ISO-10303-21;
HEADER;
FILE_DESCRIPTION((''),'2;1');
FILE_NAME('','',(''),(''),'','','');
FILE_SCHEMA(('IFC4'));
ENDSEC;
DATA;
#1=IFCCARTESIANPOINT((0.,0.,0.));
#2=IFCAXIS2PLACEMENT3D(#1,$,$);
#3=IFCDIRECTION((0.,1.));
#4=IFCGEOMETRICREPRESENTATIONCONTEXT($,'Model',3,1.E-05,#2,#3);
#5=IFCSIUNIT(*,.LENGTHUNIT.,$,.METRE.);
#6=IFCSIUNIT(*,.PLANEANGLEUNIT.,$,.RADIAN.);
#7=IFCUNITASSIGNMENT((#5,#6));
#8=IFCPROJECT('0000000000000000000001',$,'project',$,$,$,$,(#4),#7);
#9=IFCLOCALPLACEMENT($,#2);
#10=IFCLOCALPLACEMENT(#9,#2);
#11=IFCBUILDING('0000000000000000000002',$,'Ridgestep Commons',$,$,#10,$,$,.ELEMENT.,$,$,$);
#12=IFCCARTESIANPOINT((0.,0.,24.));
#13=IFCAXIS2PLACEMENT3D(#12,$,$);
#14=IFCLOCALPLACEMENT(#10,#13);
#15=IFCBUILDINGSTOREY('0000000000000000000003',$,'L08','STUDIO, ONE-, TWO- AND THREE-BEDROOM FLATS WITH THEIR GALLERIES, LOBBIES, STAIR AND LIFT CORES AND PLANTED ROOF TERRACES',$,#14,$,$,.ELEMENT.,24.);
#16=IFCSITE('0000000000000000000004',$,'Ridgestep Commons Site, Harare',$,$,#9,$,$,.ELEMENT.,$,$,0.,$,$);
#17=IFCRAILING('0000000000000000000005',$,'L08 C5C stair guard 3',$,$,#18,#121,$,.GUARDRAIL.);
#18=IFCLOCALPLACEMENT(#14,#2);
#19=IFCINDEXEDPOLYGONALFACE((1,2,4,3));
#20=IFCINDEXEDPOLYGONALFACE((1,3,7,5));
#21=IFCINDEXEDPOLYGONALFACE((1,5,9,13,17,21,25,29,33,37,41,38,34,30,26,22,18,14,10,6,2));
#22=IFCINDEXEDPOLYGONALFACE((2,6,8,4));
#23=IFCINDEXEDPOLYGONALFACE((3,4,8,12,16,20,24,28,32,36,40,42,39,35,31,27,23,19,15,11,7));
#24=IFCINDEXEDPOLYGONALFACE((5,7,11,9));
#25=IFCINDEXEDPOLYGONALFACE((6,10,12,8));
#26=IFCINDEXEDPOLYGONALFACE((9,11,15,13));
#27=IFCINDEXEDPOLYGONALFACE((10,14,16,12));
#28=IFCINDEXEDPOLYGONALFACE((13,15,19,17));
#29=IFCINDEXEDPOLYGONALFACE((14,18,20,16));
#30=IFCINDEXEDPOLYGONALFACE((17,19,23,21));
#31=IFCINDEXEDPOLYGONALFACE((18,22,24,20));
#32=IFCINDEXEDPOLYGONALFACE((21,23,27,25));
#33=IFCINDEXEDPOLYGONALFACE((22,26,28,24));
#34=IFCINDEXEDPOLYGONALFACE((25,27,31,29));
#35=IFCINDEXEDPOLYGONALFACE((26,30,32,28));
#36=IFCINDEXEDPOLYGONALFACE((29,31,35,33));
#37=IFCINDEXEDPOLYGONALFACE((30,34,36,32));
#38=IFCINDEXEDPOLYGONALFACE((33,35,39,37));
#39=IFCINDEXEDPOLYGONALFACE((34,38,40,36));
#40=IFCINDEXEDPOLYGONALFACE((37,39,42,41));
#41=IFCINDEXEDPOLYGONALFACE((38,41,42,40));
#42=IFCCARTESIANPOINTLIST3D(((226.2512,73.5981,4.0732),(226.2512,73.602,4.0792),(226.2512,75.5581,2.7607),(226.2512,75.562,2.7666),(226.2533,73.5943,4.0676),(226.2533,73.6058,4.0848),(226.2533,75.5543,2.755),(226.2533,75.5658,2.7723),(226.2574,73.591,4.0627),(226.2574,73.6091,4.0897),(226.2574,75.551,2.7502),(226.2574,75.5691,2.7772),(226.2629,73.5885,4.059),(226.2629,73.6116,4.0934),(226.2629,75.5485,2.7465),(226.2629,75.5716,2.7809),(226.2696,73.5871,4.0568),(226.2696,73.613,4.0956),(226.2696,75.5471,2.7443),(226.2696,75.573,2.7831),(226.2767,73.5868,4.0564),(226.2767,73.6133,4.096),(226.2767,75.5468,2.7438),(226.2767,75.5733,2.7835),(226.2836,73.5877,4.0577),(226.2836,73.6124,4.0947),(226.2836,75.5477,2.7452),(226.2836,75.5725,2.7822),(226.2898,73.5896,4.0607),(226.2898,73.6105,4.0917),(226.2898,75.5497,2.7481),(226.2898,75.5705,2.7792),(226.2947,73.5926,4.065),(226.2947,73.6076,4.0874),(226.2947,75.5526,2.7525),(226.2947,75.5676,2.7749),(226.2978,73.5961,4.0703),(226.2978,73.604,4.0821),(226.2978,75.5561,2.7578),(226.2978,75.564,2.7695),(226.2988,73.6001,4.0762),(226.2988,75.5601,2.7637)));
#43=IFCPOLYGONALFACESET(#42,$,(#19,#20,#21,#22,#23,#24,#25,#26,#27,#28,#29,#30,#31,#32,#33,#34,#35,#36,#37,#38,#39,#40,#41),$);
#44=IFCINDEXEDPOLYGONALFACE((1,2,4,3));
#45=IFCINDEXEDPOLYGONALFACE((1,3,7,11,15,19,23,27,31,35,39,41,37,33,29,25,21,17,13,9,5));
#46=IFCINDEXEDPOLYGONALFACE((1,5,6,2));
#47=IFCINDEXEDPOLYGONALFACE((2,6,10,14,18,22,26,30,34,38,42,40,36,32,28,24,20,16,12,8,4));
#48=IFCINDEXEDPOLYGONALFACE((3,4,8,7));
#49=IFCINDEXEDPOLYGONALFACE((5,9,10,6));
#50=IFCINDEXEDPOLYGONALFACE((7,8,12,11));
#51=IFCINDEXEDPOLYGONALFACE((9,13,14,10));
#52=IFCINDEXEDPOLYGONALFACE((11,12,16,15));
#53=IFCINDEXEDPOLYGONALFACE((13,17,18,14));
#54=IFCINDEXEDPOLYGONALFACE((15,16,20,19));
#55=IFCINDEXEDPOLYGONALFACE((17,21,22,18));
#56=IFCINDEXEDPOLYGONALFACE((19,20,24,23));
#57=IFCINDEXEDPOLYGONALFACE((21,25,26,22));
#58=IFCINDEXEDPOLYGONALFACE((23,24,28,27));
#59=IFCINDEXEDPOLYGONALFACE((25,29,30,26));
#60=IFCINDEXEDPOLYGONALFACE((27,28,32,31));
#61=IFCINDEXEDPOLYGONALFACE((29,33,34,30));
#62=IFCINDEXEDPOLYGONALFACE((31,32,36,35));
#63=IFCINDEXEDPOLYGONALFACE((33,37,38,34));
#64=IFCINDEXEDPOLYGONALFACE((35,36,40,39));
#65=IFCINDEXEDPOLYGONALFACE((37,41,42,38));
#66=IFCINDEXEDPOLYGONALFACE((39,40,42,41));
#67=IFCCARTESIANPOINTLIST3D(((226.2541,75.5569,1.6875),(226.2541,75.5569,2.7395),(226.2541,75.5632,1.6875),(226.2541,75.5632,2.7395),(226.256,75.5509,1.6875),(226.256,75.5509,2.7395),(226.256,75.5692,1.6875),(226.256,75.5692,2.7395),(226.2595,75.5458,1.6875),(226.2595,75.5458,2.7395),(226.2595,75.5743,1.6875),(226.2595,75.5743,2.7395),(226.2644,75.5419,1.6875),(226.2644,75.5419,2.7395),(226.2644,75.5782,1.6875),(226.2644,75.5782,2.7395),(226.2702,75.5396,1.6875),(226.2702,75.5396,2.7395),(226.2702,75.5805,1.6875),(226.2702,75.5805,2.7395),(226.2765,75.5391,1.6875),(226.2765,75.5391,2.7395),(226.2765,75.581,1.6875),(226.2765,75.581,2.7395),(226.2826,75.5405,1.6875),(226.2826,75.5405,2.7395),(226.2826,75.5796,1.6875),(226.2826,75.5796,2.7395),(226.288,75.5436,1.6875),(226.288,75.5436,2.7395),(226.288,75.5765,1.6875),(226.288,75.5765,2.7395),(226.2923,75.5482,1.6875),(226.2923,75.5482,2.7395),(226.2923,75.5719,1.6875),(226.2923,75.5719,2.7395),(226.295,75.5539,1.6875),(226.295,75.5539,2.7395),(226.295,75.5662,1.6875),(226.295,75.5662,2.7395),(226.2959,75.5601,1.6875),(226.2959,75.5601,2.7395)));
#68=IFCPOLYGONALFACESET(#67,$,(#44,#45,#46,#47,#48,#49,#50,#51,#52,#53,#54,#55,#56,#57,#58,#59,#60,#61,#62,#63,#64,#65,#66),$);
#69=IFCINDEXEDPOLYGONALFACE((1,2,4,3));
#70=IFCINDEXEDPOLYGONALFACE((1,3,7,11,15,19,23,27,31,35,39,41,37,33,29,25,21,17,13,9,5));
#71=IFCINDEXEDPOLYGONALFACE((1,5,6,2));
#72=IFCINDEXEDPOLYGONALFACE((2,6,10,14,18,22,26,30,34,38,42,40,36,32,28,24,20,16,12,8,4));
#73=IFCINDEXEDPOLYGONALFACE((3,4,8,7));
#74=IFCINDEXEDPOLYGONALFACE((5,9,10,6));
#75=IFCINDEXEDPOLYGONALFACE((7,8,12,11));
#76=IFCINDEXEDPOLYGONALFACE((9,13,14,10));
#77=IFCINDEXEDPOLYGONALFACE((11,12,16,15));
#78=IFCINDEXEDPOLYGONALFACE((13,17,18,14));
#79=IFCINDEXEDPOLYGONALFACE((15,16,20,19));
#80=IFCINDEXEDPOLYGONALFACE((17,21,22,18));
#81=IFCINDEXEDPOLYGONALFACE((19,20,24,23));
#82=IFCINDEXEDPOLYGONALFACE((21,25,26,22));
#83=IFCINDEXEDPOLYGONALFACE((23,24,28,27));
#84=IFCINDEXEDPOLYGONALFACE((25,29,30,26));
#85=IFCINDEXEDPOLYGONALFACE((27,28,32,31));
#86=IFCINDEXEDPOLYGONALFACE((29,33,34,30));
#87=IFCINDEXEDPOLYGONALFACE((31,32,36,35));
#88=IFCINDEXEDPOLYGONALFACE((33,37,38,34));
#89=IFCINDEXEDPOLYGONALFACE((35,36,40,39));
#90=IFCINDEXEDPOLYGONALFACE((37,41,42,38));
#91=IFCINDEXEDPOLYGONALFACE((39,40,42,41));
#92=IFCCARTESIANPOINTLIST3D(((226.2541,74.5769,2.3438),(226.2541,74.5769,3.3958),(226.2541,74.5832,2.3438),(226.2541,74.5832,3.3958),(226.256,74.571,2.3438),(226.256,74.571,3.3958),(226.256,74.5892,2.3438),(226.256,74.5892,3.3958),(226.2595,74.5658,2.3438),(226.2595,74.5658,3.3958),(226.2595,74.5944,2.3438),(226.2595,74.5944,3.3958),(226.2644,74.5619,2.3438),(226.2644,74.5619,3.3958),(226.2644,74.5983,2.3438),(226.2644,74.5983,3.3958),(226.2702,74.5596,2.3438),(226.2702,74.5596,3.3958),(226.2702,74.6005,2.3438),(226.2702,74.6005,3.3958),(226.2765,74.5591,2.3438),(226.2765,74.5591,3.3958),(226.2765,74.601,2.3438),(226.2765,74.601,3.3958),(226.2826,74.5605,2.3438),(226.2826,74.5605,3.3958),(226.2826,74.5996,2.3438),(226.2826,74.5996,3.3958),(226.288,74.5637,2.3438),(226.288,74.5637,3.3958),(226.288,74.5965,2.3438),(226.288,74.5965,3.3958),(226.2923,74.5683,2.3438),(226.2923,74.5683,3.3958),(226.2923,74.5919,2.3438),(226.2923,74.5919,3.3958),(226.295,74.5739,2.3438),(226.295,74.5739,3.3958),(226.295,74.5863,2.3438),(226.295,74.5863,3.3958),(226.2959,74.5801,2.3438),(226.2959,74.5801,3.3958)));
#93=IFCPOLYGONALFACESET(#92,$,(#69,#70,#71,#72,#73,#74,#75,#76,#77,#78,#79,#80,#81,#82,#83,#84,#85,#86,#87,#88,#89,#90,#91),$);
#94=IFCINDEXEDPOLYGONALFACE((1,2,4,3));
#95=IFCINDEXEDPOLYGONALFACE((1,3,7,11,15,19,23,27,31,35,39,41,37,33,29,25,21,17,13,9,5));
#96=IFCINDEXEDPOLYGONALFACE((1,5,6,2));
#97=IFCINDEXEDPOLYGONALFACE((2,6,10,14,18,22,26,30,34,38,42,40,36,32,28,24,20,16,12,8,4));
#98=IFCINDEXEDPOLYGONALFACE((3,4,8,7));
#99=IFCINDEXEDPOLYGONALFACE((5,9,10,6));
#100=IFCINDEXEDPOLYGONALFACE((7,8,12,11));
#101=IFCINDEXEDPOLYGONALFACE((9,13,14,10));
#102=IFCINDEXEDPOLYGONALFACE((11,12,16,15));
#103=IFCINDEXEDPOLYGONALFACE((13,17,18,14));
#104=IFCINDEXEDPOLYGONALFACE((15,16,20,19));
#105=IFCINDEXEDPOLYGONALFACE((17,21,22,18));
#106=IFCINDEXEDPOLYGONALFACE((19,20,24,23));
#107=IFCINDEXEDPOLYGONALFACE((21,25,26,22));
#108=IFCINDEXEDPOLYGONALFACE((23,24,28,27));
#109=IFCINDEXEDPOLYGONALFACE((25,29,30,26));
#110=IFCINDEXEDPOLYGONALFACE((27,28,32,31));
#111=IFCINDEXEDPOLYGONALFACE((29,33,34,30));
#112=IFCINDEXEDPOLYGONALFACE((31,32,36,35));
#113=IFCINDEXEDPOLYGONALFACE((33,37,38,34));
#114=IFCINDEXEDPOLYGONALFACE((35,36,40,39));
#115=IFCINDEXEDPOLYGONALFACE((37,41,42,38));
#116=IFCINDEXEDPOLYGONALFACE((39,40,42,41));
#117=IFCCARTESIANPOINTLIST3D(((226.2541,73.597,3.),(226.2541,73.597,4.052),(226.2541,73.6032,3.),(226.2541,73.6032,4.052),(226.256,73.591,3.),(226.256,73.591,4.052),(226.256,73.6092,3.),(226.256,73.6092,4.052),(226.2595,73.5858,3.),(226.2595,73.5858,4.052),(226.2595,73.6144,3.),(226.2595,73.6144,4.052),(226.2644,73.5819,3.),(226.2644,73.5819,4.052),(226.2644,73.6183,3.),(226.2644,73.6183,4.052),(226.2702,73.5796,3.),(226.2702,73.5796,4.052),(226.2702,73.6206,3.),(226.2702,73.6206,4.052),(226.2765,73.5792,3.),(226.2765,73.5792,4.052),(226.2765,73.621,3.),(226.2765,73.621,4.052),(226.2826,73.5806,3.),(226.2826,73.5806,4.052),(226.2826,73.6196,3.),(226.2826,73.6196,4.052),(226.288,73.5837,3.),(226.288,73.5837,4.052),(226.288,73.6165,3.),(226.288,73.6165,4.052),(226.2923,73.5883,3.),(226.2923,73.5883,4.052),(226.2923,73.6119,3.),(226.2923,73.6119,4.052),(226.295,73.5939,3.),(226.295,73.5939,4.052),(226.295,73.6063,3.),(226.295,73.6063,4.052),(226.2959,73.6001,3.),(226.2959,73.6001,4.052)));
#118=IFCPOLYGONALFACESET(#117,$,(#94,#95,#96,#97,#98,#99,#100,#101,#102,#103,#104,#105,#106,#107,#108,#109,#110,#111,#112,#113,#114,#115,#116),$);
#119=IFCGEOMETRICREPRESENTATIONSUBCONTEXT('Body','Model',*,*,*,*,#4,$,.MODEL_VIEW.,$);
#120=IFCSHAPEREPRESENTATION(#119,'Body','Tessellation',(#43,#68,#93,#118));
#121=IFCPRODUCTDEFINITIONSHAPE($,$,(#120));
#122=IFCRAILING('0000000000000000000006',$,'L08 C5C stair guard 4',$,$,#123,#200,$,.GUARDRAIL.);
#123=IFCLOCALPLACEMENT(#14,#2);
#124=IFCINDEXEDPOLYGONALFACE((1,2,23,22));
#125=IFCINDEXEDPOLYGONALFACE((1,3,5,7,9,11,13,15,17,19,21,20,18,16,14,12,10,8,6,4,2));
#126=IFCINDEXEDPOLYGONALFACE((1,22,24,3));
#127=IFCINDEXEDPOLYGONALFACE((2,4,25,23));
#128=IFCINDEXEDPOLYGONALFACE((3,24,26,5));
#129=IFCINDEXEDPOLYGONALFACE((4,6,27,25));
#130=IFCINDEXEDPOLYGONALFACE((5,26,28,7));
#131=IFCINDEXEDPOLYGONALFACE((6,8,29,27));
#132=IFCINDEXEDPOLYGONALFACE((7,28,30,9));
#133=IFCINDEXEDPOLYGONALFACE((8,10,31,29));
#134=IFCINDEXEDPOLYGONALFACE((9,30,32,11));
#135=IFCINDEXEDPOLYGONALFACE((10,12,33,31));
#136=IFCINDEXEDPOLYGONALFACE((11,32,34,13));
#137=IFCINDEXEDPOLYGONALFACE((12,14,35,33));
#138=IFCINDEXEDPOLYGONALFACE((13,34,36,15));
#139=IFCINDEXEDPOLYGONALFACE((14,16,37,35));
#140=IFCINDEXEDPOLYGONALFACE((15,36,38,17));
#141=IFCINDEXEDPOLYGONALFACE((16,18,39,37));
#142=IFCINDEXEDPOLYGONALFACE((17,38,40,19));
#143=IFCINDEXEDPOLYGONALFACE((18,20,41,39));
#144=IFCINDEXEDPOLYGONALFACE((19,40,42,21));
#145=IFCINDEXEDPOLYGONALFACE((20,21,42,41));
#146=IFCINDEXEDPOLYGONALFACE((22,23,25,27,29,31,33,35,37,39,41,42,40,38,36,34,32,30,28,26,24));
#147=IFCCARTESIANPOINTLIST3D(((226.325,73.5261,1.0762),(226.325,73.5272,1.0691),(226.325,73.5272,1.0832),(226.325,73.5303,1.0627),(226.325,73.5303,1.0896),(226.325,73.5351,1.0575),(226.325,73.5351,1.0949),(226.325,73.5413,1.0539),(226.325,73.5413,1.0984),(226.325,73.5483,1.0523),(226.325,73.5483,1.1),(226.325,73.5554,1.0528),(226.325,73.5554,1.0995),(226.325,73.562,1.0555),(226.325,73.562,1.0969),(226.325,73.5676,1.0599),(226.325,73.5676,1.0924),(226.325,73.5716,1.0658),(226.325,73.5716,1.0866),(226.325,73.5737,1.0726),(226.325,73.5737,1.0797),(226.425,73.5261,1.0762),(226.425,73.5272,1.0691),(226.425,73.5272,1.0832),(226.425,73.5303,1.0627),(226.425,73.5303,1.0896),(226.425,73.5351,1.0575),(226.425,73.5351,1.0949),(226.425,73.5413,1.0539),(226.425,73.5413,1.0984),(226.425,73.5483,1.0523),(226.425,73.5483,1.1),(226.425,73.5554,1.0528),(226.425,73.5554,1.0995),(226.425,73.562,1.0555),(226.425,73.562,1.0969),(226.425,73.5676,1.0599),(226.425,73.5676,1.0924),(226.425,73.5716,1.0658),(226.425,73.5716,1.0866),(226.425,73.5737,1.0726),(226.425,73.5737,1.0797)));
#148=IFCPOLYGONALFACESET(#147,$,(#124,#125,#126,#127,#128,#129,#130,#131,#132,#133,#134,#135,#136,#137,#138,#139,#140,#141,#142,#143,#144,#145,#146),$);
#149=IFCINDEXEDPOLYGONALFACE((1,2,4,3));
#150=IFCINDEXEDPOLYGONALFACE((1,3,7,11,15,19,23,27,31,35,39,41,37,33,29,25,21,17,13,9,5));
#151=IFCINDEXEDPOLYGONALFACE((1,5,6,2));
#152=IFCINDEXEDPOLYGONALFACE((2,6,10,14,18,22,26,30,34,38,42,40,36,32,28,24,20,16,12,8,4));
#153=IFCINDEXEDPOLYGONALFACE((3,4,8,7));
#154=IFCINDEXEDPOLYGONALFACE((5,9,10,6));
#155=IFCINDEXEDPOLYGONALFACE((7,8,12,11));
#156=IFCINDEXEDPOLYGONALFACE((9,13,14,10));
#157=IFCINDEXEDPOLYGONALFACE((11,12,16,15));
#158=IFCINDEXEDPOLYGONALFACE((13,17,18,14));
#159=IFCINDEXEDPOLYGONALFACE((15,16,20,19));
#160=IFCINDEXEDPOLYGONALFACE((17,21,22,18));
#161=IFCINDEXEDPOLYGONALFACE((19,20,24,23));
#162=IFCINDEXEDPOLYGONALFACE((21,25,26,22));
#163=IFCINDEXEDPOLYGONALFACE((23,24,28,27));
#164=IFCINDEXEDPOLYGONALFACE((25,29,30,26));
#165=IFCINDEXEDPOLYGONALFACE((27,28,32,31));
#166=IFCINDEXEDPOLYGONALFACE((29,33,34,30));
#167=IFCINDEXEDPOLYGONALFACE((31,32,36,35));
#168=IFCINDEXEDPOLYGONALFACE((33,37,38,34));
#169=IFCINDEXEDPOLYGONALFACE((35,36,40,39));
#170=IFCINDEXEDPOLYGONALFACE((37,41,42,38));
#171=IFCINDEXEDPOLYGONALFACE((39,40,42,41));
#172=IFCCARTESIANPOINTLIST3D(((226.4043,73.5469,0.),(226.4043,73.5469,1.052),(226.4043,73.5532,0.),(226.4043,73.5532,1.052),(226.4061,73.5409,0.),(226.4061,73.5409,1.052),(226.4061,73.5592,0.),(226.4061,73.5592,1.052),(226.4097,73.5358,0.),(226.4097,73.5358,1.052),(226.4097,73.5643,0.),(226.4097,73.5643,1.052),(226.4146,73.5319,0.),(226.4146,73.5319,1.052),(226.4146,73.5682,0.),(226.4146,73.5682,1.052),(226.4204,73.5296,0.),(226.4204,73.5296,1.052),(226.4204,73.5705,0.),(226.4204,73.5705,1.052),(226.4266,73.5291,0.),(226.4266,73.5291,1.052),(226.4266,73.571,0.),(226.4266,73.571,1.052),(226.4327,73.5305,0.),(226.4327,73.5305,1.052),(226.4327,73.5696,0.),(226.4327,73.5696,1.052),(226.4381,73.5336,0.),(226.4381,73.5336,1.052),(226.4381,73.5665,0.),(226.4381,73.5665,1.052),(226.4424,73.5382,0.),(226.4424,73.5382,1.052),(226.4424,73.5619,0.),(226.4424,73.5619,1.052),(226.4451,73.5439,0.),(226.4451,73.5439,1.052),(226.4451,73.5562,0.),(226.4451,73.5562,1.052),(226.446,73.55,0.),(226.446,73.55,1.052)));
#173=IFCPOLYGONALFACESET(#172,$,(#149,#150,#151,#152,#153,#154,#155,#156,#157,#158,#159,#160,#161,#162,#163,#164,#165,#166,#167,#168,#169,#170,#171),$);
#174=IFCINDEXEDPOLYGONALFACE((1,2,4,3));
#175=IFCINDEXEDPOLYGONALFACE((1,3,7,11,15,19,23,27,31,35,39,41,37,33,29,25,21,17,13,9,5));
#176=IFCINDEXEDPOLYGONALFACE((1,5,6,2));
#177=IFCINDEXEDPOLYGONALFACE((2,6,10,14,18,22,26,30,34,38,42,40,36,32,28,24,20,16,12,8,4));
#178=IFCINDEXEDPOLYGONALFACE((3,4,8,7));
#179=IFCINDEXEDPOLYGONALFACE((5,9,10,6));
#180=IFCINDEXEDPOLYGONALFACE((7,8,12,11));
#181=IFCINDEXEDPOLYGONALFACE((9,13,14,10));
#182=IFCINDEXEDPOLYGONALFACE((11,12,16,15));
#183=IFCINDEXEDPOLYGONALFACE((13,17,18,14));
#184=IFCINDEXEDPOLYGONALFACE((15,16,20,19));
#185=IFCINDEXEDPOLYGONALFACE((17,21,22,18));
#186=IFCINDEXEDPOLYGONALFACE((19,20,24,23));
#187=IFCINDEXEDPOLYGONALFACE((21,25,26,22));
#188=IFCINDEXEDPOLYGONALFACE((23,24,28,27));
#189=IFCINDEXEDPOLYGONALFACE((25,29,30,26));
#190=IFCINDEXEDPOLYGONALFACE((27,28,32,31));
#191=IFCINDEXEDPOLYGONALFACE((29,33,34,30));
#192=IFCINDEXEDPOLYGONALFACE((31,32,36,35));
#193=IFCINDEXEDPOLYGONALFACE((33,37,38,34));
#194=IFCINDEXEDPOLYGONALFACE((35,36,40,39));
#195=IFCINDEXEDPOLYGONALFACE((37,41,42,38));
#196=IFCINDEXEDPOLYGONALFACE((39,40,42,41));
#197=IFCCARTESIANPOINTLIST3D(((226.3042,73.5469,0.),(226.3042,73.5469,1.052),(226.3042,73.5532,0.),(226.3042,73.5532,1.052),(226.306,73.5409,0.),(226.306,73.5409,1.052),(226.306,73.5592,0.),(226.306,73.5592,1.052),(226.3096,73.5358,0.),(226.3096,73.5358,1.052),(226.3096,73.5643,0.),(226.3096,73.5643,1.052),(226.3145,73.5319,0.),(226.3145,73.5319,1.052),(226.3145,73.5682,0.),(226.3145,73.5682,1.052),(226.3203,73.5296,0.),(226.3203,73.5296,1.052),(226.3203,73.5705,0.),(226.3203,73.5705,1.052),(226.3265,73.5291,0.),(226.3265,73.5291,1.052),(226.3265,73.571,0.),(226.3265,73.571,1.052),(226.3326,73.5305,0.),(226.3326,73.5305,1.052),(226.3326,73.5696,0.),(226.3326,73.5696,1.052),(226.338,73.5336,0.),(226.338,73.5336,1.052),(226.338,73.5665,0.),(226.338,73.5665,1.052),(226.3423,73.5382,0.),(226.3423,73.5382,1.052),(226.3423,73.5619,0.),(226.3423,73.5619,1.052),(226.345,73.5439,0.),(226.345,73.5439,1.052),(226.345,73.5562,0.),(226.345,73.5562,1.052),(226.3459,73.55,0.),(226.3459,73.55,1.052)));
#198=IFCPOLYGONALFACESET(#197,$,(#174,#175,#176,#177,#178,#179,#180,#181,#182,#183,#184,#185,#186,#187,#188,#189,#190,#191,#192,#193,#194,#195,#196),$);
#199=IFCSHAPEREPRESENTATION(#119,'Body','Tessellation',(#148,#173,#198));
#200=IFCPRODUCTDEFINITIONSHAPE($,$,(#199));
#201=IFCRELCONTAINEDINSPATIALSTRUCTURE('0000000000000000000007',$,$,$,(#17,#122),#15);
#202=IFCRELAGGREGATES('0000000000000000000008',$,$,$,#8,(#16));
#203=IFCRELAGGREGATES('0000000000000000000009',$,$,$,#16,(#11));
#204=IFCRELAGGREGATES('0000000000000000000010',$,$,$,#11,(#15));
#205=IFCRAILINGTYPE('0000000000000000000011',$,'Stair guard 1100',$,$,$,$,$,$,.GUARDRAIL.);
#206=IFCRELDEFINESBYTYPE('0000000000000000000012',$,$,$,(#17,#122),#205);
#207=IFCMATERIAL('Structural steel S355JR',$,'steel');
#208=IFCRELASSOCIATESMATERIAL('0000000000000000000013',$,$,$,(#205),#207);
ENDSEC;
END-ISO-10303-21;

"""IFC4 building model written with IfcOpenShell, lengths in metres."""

from ifc_helpers import new_model, si_unit, direction, frame, origin, origin_2d, place, context, subcontext, project, spatial, circle, extrude, material, type_object, element, save


model = new_model("IFC4")

# Units and contexts
model_context = context("Model", 3, precision=1e-05, world=origin(), true_north=direction((0.0, 1.0)))
body_context = subcontext(model_context, "Body", "Model", "MODEL_VIEW")
ifc_project = project(units=[si_unit("LENGTHUNIT", "METRE"), si_unit("PLANEANGLEUNIT", "RADIAN")], contexts=[model_context])

# Site, building, storey
site_placement = place(None, origin())
site = spatial("IfcSite", under=ifc_project, at=site_placement, Name="Ridgestep Commons Site, Harare", CompositionType="ELEMENT", RefElevation=0.0)
building_placement = place(site_placement, origin())
building = spatial("IfcBuilding", under=site, at=building_placement, Name="Ridgestep Commons", CompositionType="ELEMENT")
storey_placement = place(building_placement, frame((0.0, 0.0, 24.0)))
storey = spatial("IfcBuildingStorey", under=building, at=storey_placement, Name="L08", Description="STUDIO, ONE-, TWO- AND THREE-BEDROOM FLATS WITH THEIR GALLERIES, LOBBIES, STAIR AND LIFT CORES AND PLANTED ROOF TERRACES", CompositionType="ELEMENT", Elevation=24.0)

# Railings
ifc_material_1 = material(Name="Structural steel S355JR", Category="steel")
railing_type_1 = type_object("IfcRailingType", Name="Stair guard 1100", PredefinedType="GUARDRAIL", material=ifc_material_1)
railing_1_placement = place(storey_placement, frame((226.2749, 75.5601, 1.6875)))
element("IfcRailing", 1, at=railing_1_placement, inside=storey, type_object=railing_type_1, Name="L08 C5C stair guard 3", PredefinedType="GUARDRAIL", context=body_context, shape_type="SweptSolid", body=[
    extrude(circle(Radius=0.0239, at=origin_2d()), frame((0.0, 0.0, 1.0762), z_axis=(0.0, -0.830902, 0.556419), x_axis=(1.0, 0.0, 0.0)), (0.0, 0.0, 1.0), 2.3589),
    extrude(circle(Radius=0.021, at=origin_2d()), origin(), (0.0, 0.0, 1.0), 1.052),
    extrude(circle(Radius=0.021, at=origin_2d()), frame((0.0, -0.98, 0.6562)), (0.0, 0.0, 1.0), 1.052),
    extrude(circle(Radius=0.021, at=origin_2d()), frame((0.0, -1.96, 1.3125)), (0.0, 0.0, 1.0), 1.052),
])
railing_2_placement = place(storey_placement, frame((226.425, 73.55, 0.0)))
element("IfcRailing", 2, at=railing_2_placement, inside=storey, type_object=railing_type_1, Name="L08 C5C stair guard 4", PredefinedType="GUARDRAIL", context=body_context, shape_type="SweptSolid", body=[
    extrude(circle(Radius=0.0239, at=origin_2d()), frame((0.0, 0.0, 1.0762), z_axis=(-1.0, 0.0, 0.0), x_axis=(0.0, -1.0, 0.0)), (0.0, 0.0, 1.0), 0.1001),
    extrude(circle(Radius=0.021, at=origin_2d()), origin(), (0.0, 0.0, 1.0), 1.052),
    extrude(circle(Radius=0.021, at=origin_2d()), frame((-0.1001, 0.0, 0.0)), (0.0, 0.0, 1.0), 1.052),
])

save(model, "model.ifc")
